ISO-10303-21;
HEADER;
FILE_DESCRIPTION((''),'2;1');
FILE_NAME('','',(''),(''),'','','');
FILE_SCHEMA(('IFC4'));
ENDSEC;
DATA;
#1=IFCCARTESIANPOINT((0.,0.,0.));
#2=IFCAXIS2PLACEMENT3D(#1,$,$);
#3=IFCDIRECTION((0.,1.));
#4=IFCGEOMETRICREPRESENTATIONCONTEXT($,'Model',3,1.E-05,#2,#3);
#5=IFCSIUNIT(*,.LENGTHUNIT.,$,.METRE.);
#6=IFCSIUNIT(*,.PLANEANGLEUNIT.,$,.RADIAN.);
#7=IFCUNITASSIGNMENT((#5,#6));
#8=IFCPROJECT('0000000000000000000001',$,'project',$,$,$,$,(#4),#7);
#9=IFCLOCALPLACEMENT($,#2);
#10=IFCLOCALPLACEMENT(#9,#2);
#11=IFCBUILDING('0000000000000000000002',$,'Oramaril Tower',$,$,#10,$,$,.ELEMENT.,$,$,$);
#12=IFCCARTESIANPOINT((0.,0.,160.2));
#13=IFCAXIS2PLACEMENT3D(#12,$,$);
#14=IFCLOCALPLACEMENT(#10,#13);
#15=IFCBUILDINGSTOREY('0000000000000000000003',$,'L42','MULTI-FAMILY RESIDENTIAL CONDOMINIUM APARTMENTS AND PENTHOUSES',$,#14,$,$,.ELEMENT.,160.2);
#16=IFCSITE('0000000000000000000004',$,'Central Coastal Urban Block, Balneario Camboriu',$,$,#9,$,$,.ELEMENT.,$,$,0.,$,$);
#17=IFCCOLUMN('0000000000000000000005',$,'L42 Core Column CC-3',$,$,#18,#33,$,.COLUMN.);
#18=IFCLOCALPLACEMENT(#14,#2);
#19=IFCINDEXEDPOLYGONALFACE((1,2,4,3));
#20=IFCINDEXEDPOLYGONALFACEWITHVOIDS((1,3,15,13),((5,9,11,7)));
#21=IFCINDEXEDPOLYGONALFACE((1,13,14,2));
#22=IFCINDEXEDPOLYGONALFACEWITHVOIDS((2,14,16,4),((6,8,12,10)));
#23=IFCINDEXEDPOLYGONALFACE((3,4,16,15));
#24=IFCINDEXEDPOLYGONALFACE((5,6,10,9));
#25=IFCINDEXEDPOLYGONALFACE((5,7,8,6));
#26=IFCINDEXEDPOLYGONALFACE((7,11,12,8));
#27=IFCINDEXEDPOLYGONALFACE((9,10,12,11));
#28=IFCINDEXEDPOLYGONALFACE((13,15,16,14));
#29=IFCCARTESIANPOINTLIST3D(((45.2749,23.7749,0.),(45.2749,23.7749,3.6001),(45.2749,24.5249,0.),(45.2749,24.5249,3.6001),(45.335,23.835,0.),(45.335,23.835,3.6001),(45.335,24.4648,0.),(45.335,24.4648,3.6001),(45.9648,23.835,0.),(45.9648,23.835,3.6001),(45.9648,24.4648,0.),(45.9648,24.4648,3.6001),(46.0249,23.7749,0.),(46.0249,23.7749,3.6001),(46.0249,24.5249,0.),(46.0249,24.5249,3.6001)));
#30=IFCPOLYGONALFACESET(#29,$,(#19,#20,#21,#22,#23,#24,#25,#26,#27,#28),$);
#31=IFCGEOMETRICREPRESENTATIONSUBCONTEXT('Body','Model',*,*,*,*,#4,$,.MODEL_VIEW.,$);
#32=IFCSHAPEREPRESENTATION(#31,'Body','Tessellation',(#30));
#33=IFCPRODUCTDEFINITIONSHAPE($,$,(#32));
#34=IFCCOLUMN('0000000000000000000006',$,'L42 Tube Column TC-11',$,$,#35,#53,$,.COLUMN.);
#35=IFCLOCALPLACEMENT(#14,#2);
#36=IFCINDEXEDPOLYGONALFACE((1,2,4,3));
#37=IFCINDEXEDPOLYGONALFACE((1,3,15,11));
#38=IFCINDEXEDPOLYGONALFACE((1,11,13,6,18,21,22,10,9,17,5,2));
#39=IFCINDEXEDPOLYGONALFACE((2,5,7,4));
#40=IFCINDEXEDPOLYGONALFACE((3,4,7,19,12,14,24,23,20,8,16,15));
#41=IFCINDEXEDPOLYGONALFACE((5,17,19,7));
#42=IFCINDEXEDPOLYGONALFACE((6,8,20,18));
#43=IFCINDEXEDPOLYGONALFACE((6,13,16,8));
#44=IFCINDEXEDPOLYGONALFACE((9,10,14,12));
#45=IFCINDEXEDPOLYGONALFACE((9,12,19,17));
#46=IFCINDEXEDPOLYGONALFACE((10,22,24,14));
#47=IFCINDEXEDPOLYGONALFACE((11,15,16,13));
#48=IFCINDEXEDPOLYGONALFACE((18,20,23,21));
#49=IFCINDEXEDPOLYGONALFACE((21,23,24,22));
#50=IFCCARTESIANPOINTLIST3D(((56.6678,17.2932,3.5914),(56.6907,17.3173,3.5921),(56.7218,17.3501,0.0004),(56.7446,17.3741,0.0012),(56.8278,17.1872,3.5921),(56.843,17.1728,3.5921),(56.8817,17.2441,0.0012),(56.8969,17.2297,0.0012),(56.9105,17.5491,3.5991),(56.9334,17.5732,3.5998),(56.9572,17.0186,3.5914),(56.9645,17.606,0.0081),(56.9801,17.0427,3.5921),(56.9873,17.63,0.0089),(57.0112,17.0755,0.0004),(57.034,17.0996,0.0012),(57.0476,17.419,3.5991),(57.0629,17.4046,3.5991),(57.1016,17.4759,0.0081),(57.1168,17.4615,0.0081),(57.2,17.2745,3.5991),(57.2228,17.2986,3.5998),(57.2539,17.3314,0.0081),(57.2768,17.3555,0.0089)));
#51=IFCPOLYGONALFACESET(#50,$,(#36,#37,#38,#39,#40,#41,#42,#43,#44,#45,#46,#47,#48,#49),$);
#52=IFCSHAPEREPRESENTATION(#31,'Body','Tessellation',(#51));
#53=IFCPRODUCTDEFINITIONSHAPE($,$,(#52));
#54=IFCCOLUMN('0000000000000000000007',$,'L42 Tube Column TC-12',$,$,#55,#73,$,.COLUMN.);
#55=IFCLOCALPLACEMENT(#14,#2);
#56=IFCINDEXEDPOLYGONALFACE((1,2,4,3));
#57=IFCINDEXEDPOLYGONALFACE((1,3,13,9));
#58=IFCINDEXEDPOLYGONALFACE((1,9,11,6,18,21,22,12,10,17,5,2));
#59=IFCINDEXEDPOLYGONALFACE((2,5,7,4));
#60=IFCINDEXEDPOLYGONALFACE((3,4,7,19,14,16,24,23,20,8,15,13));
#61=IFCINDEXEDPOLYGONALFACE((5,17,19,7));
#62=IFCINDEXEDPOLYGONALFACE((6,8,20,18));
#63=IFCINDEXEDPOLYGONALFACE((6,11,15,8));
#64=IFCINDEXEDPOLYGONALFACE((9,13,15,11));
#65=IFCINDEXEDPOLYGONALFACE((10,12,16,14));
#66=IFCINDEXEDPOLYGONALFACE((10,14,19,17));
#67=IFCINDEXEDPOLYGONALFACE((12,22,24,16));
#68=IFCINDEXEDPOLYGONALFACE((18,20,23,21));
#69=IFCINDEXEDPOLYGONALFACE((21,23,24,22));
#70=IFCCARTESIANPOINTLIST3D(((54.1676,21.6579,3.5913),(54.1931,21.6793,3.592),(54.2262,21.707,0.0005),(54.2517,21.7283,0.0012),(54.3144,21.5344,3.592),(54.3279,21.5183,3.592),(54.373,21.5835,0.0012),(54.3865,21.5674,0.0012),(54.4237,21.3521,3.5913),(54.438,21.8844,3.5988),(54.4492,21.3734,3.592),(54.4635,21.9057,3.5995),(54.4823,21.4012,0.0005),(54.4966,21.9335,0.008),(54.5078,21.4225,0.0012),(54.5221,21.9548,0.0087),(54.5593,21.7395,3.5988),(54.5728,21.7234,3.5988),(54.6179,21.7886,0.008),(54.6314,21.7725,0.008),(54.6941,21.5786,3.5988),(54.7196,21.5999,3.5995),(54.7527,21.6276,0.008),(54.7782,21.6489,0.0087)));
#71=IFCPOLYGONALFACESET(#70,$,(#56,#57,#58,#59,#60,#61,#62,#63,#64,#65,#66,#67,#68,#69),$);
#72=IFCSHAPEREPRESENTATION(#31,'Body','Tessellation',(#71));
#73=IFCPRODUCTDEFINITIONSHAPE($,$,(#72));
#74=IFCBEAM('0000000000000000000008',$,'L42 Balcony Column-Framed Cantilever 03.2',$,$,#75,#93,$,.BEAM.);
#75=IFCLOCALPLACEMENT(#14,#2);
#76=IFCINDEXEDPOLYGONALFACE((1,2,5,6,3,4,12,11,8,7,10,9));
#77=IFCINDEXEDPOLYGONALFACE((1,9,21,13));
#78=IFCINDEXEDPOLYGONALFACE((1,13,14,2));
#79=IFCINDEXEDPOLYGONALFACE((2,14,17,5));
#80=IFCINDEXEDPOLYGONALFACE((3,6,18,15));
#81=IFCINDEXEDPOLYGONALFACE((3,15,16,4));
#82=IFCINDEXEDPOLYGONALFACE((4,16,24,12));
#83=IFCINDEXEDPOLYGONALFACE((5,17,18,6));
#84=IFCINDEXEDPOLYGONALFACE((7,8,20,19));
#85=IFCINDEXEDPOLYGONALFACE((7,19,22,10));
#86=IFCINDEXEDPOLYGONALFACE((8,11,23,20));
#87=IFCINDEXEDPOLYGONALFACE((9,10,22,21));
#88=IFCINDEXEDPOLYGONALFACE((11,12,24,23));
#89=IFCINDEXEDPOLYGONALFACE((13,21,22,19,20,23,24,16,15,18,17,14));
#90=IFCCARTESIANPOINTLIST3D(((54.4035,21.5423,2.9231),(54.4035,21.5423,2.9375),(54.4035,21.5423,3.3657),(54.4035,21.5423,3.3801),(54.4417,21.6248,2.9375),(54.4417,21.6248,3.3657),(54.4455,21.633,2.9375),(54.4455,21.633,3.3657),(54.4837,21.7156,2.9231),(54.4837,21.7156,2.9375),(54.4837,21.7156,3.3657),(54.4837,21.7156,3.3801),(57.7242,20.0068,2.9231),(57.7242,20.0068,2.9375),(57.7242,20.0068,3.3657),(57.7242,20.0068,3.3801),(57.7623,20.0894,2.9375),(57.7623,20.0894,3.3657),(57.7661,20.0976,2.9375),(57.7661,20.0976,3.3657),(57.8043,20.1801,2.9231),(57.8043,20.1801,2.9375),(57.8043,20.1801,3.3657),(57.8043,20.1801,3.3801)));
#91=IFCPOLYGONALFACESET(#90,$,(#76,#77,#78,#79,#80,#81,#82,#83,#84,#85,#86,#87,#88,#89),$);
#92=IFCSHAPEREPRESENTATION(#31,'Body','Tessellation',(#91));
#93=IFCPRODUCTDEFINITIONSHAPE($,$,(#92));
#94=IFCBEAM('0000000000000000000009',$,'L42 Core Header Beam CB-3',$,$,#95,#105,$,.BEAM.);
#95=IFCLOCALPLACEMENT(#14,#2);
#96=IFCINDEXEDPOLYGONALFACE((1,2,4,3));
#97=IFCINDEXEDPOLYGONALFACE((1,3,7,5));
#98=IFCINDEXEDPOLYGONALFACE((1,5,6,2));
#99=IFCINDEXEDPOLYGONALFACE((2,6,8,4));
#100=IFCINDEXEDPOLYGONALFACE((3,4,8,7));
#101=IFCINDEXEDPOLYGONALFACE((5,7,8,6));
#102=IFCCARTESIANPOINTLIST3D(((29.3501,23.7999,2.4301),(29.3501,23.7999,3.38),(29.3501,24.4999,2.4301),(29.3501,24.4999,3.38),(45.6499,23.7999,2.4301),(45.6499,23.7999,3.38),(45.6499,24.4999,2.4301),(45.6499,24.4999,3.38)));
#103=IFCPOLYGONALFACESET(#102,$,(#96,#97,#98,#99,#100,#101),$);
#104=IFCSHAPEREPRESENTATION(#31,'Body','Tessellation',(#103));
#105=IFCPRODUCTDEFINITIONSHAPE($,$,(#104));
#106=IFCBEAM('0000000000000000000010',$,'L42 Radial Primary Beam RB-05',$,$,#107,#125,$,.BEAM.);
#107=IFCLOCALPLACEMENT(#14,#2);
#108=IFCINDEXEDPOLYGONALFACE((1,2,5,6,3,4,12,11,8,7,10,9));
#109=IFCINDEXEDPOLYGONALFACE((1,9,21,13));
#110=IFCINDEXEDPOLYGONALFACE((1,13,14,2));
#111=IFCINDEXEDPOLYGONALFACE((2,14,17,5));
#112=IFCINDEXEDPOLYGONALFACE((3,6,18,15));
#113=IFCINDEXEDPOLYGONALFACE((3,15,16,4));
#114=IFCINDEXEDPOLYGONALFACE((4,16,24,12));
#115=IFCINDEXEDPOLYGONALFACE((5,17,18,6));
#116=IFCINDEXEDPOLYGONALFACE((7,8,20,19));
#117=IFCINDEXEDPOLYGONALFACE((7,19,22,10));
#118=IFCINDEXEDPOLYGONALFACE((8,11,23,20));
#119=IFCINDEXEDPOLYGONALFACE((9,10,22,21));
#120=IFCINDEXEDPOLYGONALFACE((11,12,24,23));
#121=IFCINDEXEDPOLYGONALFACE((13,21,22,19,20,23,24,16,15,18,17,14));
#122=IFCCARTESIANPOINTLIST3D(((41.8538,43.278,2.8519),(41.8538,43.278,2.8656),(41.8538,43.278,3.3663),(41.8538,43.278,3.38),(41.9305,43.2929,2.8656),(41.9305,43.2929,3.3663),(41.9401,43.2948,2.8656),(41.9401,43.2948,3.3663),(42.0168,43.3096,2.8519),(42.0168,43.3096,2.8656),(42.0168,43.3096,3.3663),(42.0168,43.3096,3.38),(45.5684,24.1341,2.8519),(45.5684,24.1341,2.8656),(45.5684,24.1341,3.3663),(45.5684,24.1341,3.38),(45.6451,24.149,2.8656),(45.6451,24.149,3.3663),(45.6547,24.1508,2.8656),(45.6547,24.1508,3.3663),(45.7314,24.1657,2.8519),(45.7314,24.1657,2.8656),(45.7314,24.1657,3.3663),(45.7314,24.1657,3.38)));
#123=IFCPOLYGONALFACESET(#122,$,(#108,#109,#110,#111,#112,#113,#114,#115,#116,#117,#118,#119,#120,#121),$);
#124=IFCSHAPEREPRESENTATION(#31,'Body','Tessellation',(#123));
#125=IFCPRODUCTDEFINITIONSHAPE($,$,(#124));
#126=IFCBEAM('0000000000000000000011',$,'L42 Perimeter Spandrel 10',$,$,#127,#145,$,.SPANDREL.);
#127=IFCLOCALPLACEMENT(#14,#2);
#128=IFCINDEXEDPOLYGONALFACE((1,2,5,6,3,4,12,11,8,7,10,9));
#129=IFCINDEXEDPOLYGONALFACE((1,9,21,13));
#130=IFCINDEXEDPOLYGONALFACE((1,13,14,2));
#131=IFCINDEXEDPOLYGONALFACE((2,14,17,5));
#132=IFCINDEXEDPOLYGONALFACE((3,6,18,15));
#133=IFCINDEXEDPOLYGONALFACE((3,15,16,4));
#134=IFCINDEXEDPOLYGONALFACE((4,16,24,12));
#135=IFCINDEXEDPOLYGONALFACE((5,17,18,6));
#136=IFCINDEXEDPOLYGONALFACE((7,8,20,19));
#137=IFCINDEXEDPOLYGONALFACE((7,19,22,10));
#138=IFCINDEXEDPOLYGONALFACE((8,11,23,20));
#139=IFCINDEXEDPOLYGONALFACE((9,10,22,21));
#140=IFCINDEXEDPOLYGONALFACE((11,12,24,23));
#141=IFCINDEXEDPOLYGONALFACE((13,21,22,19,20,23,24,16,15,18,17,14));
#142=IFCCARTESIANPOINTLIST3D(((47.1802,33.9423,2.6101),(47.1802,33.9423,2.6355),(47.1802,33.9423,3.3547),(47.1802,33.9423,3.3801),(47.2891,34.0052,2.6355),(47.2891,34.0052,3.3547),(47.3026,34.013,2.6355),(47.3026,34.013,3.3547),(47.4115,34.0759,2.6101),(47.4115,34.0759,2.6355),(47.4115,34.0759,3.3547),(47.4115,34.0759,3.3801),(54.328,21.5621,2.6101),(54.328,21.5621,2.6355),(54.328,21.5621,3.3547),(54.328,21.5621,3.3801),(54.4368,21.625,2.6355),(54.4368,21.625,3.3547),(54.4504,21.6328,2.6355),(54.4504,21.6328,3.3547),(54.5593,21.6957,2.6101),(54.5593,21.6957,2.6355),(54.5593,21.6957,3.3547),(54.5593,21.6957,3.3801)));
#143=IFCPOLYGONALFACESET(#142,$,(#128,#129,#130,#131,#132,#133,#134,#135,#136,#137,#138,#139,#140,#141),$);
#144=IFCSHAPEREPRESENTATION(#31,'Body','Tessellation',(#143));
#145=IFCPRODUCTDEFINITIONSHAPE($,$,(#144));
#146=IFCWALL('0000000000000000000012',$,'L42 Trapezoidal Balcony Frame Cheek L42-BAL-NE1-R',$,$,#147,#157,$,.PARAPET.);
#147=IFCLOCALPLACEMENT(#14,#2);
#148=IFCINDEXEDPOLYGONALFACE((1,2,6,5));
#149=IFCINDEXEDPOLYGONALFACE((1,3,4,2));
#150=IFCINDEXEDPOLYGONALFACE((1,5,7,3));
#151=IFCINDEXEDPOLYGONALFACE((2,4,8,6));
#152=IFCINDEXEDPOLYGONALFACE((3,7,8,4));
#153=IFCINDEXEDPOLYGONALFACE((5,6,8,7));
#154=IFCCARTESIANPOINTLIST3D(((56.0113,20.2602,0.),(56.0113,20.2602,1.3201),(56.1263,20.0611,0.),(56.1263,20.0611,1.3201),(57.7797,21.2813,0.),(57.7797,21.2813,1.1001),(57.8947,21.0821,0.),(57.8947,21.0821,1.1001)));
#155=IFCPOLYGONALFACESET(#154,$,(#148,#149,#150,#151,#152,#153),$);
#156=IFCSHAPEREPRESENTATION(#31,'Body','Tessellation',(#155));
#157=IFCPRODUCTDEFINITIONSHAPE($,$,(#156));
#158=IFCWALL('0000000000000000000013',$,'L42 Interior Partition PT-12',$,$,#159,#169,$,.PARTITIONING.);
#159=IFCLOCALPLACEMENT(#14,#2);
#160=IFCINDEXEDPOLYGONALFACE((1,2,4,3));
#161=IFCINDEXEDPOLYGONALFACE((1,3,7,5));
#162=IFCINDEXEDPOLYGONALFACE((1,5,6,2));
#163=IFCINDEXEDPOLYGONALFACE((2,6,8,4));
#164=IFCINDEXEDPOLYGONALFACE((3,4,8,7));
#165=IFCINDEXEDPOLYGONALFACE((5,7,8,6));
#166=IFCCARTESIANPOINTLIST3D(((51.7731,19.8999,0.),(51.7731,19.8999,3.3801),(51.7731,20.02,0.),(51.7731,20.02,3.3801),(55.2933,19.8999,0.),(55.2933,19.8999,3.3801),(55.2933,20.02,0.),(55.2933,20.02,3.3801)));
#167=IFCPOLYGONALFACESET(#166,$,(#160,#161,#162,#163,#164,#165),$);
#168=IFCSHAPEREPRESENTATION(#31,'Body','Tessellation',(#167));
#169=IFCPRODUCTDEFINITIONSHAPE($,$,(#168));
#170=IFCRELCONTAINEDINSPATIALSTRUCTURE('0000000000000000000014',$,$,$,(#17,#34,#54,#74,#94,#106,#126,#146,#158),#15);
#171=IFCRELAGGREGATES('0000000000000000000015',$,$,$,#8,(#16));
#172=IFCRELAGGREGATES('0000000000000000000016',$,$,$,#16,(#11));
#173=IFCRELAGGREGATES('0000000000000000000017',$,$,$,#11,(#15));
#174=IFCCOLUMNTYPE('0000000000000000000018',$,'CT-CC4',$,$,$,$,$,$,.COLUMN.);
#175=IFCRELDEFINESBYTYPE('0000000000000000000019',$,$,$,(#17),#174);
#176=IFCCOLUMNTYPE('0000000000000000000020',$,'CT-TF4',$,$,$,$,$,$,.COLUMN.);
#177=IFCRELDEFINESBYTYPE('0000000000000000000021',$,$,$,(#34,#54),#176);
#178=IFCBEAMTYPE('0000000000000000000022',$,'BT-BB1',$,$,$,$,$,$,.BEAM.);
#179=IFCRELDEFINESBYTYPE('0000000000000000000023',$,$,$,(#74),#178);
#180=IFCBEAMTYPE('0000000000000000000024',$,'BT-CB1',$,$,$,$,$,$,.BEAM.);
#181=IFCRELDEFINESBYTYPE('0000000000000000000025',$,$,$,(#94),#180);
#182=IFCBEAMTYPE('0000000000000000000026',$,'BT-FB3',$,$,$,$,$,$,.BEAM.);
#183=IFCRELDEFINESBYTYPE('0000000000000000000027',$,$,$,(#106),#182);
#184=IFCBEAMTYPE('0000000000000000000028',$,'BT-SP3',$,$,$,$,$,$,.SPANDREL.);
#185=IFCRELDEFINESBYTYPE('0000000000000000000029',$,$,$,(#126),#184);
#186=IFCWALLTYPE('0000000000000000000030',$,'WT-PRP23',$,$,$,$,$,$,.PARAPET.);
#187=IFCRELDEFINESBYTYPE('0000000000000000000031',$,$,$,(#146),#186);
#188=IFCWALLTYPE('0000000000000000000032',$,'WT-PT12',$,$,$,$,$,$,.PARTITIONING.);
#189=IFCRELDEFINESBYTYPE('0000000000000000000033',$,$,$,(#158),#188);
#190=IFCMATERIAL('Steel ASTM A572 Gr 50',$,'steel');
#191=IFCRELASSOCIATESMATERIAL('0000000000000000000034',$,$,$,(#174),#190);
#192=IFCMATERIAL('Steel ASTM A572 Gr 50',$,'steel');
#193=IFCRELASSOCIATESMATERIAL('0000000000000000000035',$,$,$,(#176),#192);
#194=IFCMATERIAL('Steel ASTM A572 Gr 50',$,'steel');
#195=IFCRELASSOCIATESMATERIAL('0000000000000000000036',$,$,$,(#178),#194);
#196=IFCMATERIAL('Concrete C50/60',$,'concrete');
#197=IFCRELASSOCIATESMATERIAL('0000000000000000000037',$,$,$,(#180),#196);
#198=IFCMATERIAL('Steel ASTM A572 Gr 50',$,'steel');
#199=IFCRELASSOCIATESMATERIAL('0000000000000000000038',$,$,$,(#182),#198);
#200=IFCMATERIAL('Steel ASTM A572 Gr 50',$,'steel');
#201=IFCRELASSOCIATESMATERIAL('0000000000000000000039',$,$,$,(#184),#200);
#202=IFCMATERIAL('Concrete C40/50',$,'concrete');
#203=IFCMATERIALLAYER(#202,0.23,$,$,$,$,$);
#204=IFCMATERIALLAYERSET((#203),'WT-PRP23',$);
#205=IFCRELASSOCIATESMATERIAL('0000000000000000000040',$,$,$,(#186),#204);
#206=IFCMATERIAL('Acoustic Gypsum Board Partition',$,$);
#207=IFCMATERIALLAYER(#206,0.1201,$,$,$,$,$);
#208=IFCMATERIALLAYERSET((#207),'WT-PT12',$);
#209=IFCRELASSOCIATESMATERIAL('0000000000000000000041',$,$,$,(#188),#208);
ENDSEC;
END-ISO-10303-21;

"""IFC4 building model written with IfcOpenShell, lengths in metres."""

from ifc_helpers import new_model, si_unit, direction, frame, frame_2d, origin, origin_2d, place, context, subcontext, project, spatial, polyline, rectangle, hollow_rectangle, i_section, outline, extrude, material, layer, layer_set, material_profile, profile_set, type_object, element, save


model = new_model("IFC4")

# Units and contexts
model_context = context("Model", 3, precision=1e-05, world=origin(), true_north=direction((0.0, 1.0)))
body_context = subcontext(model_context, "Body", "Model", "MODEL_VIEW")
ifc_project = project(units=[si_unit("LENGTHUNIT", "METRE"), si_unit("PLANEANGLEUNIT", "RADIAN")], contexts=[model_context])

# Site, building, storey
site_placement = place(None, origin())
site = spatial("IfcSite", under=ifc_project, at=site_placement, Name="Central Coastal Urban Block, Balneario Camboriu", CompositionType="ELEMENT", RefElevation=0.0)
building_placement = place(site_placement, origin())
building = spatial("IfcBuilding", under=site, at=building_placement, Name="Oramaril Tower", CompositionType="ELEMENT")
storey_placement = place(building_placement, frame((0.0, 0.0, 160.2)))
storey = spatial("IfcBuildingStorey", under=building, at=storey_placement, Name="L42", Description="MULTI-FAMILY RESIDENTIAL CONDOMINIUM APARTMENTS AND PENTHOUSES", CompositionType="ELEMENT", Elevation=160.2)

# Columns
ifc_material_1 = material(Name="Steel ASTM A572 Gr 50", Category="steel")
ifc_material_profile_1 = material_profile(ifc_material_1, hollow_rectangle(XDim=0.75, YDim=0.75, WallThickness=0.0601, at=origin_2d()), Name="BOX750X750X60")
ifc_profile_set_1 = profile_set([ifc_material_profile_1], Name="Steel ASTM A572 Gr 50")
column_type_1 = type_object("IfcColumnType", Name="CT-CC4", PredefinedType="COLUMN", material=ifc_profile_set_1)
column_1_placement = place(storey_placement, frame((45.6499, 24.1499, 0.0), z_axis=(0.0, 0.0, 1.0), x_axis=(1.0, 0.0, 0.0)))
element("IfcColumn", 1, at=column_1_placement, inside=storey, type_object=column_type_1, Name="L42 Core Column CC-3", PredefinedType="COLUMN", context=body_context, shape_type="SweptSolid", body=[
    extrude(hollow_rectangle(XDim=0.75, YDim=0.75, WallThickness=0.0601, at=origin_2d()), origin(), (0.0, 0.0, 1.0), 3.6001),
])
ifc_material_2 = material(Name="Steel ASTM A572 Gr 50", Category="steel")
ifc_material_profile_2 = material_profile(ifc_material_2, i_section(OverallWidth=0.3989, OverallDepth=0.386, WebThickness=0.021, FlangeThickness=0.0332, at=origin_2d()), Name="W14X176")
ifc_profile_set_2 = profile_set([ifc_material_profile_2], Name="Steel ASTM A572 Gr 50")
column_type_2 = type_object("IfcColumnType", Name="CT-TF4", PredefinedType="COLUMN", material=ifc_profile_set_2)
column_2_placement = place(storey_placement, frame((56.9993, 17.3528, 0.0046), z_axis=(-0.015022, -0.015838, 0.999762), x_axis=(0.725543, -0.688176, 0.0)))
element("IfcColumn", 2, at=column_2_placement, inside=storey, type_object=column_type_2, Name="L42 Tube Column TC-11", PredefinedType="COLUMN", context=body_context, shape_type="SweptSolid", body=[
    extrude(i_section(OverallWidth=0.3989, OverallDepth=0.386, WebThickness=0.021, FlangeThickness=0.0332, at=origin_2d()), origin(), (0.0, 0.0, 1.0), 3.5918),
])
column_3_placement = place(storey_placement, frame((54.5022, 21.678, 0.0046), z_axis=(-0.016314, -0.013663, 0.999774), x_axis=(0.642068, -0.766648, 0.0)))
element("IfcColumn", 3, at=column_3_placement, inside=storey, type_object=column_type_2, Name="L42 Tube Column TC-12", PredefinedType="COLUMN", context=body_context, shape_type="SweptSolid", body=[
    extrude(i_section(OverallWidth=0.3989, OverallDepth=0.386, WebThickness=0.021, FlangeThickness=0.0332, at=origin_2d()), origin(), (0.0, 0.0, 1.0), 3.5916),
])

# Beams
ifc_material_3 = material(Name="Steel ASTM A572 Gr 50", Category="steel")
ifc_material_profile_3 = material_profile(ifc_material_3, i_section(OverallWidth=0.1909, OverallDepth=0.457, WebThickness=0.009, FlangeThickness=0.0144, at=origin_2d()), Name="W18X50")
ifc_profile_set_3 = profile_set([ifc_material_profile_3], Name="Steel ASTM A572 Gr 50")
beam_type_1 = type_object("IfcBeamType", Name="BT-BB1", PredefinedType="BEAM", material=ifc_profile_set_3)
beam_1_placement = place(storey_placement, frame((54.4436, 21.6289, 3.1516), z_axis=(0.907664, -0.419697, 0.0), x_axis=(0.419697, 0.907664, 0.0)))
element("IfcBeam", 4, at=beam_1_placement, inside=storey, type_object=beam_type_1, Name="L42 Balcony Column-Framed Cantilever 03.2", PredefinedType="BEAM", context=body_context, shape_type="SweptSolid", body=[
    extrude(i_section(OverallWidth=0.1909, OverallDepth=0.457, WebThickness=0.009, FlangeThickness=0.0144, at=origin_2d()), origin(), (0.0, 0.0, 1.0), 3.6584),
])
ifc_material_4 = material(Name="Concrete C50/60", Category="concrete")
ifc_material_profile_4 = material_profile(ifc_material_4, rectangle(XDim=0.7, YDim=0.95, at=origin_2d()), Name="CB700X950")
ifc_profile_set_4 = profile_set([ifc_material_profile_4], Name="Concrete C50/60")
beam_type_2 = type_object("IfcBeamType", Name="BT-CB1", PredefinedType="BEAM", material=ifc_profile_set_4)
beam_2_placement = place(storey_placement, frame((45.6499, 24.1499, 2.905), z_axis=(-1.0, 0.0, 0.0), x_axis=(0.0, -1.0, 0.0)))
element("IfcBeam", 5, at=beam_2_placement, inside=storey, type_object=beam_type_2, Name="L42 Core Header Beam CB-3", PredefinedType="BEAM", context=body_context, shape_type="SweptSolid", body=[
    extrude(rectangle(XDim=0.7, YDim=0.95, at=origin_2d()), origin(), (0.0, 0.0, 1.0), 16.2998),
])
ifc_material_5 = material(Name="Steel ASTM A572 Gr 50", Category="steel")
ifc_material_profile_5 = material_profile(ifc_material_5, i_section(OverallWidth=0.166, OverallDepth=0.5281, WebThickness=0.0098, FlangeThickness=0.0137, at=origin_2d()), Name="W21X50")
ifc_profile_set_5 = profile_set([ifc_material_profile_5], Name="Steel ASTM A572 Gr 50")
beam_type_3 = type_object("IfcBeamType", Name="BT-FB3", PredefinedType="BEAM", material=ifc_profile_set_5)
beam_3_placement = place(storey_placement, frame((45.6499, 24.1499, 3.116), z_axis=(-0.190482, 0.981691, 0.0), x_axis=(-0.981691, -0.190482, 0.0)))
element("IfcBeam", 6, at=beam_3_placement, inside=storey, type_object=beam_type_3, Name="L42 Radial Primary Beam RB-05", PredefinedType="BEAM", context=body_context, shape_type="SweptSolid", body=[
    extrude(i_section(OverallWidth=0.166, OverallDepth=0.5281, WebThickness=0.0098, FlangeThickness=0.0137, at=origin_2d()), origin(), (0.0, 0.0, 1.0), 19.501),
])
ifc_material_6 = material(Name="Steel ASTM A572 Gr 50", Category="steel")
ifc_material_profile_6 = material_profile(ifc_material_6, i_section(OverallWidth=0.2671, OverallDepth=0.77, WebThickness=0.0156, FlangeThickness=0.0254, at=origin_2d()), Name="W30X132")
ifc_profile_set_6 = profile_set([ifc_material_profile_6], Name="Steel ASTM A572 Gr 50")
beam_type_4 = type_object("IfcBeamType", Name="BT-SP3", PredefinedType="SPANDREL", material=ifc_profile_set_6)
beam_4_placement = place(storey_placement, frame((54.4436, 21.6289, 2.9951), z_axis=(-0.500002, 0.866024, 0.0), x_axis=(-0.866024, -0.500002, 0.0)))
element("IfcBeam", 7, at=beam_4_placement, inside=storey, type_object=beam_type_4, Name="L42 Perimeter Spandrel 10", PredefinedType="SPANDREL", context=body_context, shape_type="SweptSolid", body=[
    extrude(i_section(OverallWidth=0.2671, OverallDepth=0.77, WebThickness=0.0156, FlangeThickness=0.0254, at=origin_2d()), origin(), (0.0, 0.0, 1.0), 14.2954),
])

# Walls
ifc_material_7 = material(Name="Concrete C40/50", Category="concrete")
ifc_layer_1 = layer(ifc_material_7, 0.23)
ifc_layer_set_1 = layer_set([ifc_layer_1], Name="WT-PRP23")
wall_type_1 = type_object("IfcWallType", Name="WT-PRP23", PredefinedType="PARAPET", material=ifc_layer_set_1)
wall_1_placement = place(storey_placement, frame((56.0688, 20.1606, 0.0), z_axis=(0.0, 0.0, 1.0), x_axis=(0.866012, 0.500023, 0.0)))
element("IfcWall", 8, at=wall_1_placement, inside=storey, type_object=wall_type_1, Name="L42 Trapezoidal Balcony Frame Cheek L42-BAL-NE1-R", PredefinedType="PARAPET", context=body_context, shape_type="SweptSolid", body=[
    extrude(outline(polyline([(0.0, 0.0), (2.042, 0.0), (2.042, 1.1001), (0.0, 1.3201), (0.0, 0.0)])), frame((0.0, 0.115, 0.0), z_axis=(0.0, -1.0, 0.0), x_axis=(1.0, 0.0, 0.0)), (0.0, 0.0, 1.0), 0.23),
])
ifc_material_8 = material(Name="Acoustic Gypsum Board Partition")
ifc_layer_2 = layer(ifc_material_8, 0.1201)
ifc_layer_set_2 = layer_set([ifc_layer_2], Name="WT-PT12")
wall_type_2 = type_object("IfcWallType", Name="WT-PT12", PredefinedType="PARTITIONING", material=ifc_layer_set_2)
wall_2_placement = place(storey_placement, frame((51.7729, 19.96, 0.0), z_axis=(0.0, 0.0, 1.0), x_axis=(1.0, 0.0, 0.0)))
element("IfcWall", 9, at=wall_2_placement, inside=storey, type_object=wall_type_2, Name="L42 Interior Partition PT-12", PredefinedType="PARTITIONING", context=body_context, shape_type="SweptSolid", body=[
    extrude(rectangle(XDim=3.5203, YDim=0.1201, at=frame_2d((1.7603, 0.0))), origin(), (0.0, 0.0, 1.0), 3.3801),
])

save(model, "model.ifc")
